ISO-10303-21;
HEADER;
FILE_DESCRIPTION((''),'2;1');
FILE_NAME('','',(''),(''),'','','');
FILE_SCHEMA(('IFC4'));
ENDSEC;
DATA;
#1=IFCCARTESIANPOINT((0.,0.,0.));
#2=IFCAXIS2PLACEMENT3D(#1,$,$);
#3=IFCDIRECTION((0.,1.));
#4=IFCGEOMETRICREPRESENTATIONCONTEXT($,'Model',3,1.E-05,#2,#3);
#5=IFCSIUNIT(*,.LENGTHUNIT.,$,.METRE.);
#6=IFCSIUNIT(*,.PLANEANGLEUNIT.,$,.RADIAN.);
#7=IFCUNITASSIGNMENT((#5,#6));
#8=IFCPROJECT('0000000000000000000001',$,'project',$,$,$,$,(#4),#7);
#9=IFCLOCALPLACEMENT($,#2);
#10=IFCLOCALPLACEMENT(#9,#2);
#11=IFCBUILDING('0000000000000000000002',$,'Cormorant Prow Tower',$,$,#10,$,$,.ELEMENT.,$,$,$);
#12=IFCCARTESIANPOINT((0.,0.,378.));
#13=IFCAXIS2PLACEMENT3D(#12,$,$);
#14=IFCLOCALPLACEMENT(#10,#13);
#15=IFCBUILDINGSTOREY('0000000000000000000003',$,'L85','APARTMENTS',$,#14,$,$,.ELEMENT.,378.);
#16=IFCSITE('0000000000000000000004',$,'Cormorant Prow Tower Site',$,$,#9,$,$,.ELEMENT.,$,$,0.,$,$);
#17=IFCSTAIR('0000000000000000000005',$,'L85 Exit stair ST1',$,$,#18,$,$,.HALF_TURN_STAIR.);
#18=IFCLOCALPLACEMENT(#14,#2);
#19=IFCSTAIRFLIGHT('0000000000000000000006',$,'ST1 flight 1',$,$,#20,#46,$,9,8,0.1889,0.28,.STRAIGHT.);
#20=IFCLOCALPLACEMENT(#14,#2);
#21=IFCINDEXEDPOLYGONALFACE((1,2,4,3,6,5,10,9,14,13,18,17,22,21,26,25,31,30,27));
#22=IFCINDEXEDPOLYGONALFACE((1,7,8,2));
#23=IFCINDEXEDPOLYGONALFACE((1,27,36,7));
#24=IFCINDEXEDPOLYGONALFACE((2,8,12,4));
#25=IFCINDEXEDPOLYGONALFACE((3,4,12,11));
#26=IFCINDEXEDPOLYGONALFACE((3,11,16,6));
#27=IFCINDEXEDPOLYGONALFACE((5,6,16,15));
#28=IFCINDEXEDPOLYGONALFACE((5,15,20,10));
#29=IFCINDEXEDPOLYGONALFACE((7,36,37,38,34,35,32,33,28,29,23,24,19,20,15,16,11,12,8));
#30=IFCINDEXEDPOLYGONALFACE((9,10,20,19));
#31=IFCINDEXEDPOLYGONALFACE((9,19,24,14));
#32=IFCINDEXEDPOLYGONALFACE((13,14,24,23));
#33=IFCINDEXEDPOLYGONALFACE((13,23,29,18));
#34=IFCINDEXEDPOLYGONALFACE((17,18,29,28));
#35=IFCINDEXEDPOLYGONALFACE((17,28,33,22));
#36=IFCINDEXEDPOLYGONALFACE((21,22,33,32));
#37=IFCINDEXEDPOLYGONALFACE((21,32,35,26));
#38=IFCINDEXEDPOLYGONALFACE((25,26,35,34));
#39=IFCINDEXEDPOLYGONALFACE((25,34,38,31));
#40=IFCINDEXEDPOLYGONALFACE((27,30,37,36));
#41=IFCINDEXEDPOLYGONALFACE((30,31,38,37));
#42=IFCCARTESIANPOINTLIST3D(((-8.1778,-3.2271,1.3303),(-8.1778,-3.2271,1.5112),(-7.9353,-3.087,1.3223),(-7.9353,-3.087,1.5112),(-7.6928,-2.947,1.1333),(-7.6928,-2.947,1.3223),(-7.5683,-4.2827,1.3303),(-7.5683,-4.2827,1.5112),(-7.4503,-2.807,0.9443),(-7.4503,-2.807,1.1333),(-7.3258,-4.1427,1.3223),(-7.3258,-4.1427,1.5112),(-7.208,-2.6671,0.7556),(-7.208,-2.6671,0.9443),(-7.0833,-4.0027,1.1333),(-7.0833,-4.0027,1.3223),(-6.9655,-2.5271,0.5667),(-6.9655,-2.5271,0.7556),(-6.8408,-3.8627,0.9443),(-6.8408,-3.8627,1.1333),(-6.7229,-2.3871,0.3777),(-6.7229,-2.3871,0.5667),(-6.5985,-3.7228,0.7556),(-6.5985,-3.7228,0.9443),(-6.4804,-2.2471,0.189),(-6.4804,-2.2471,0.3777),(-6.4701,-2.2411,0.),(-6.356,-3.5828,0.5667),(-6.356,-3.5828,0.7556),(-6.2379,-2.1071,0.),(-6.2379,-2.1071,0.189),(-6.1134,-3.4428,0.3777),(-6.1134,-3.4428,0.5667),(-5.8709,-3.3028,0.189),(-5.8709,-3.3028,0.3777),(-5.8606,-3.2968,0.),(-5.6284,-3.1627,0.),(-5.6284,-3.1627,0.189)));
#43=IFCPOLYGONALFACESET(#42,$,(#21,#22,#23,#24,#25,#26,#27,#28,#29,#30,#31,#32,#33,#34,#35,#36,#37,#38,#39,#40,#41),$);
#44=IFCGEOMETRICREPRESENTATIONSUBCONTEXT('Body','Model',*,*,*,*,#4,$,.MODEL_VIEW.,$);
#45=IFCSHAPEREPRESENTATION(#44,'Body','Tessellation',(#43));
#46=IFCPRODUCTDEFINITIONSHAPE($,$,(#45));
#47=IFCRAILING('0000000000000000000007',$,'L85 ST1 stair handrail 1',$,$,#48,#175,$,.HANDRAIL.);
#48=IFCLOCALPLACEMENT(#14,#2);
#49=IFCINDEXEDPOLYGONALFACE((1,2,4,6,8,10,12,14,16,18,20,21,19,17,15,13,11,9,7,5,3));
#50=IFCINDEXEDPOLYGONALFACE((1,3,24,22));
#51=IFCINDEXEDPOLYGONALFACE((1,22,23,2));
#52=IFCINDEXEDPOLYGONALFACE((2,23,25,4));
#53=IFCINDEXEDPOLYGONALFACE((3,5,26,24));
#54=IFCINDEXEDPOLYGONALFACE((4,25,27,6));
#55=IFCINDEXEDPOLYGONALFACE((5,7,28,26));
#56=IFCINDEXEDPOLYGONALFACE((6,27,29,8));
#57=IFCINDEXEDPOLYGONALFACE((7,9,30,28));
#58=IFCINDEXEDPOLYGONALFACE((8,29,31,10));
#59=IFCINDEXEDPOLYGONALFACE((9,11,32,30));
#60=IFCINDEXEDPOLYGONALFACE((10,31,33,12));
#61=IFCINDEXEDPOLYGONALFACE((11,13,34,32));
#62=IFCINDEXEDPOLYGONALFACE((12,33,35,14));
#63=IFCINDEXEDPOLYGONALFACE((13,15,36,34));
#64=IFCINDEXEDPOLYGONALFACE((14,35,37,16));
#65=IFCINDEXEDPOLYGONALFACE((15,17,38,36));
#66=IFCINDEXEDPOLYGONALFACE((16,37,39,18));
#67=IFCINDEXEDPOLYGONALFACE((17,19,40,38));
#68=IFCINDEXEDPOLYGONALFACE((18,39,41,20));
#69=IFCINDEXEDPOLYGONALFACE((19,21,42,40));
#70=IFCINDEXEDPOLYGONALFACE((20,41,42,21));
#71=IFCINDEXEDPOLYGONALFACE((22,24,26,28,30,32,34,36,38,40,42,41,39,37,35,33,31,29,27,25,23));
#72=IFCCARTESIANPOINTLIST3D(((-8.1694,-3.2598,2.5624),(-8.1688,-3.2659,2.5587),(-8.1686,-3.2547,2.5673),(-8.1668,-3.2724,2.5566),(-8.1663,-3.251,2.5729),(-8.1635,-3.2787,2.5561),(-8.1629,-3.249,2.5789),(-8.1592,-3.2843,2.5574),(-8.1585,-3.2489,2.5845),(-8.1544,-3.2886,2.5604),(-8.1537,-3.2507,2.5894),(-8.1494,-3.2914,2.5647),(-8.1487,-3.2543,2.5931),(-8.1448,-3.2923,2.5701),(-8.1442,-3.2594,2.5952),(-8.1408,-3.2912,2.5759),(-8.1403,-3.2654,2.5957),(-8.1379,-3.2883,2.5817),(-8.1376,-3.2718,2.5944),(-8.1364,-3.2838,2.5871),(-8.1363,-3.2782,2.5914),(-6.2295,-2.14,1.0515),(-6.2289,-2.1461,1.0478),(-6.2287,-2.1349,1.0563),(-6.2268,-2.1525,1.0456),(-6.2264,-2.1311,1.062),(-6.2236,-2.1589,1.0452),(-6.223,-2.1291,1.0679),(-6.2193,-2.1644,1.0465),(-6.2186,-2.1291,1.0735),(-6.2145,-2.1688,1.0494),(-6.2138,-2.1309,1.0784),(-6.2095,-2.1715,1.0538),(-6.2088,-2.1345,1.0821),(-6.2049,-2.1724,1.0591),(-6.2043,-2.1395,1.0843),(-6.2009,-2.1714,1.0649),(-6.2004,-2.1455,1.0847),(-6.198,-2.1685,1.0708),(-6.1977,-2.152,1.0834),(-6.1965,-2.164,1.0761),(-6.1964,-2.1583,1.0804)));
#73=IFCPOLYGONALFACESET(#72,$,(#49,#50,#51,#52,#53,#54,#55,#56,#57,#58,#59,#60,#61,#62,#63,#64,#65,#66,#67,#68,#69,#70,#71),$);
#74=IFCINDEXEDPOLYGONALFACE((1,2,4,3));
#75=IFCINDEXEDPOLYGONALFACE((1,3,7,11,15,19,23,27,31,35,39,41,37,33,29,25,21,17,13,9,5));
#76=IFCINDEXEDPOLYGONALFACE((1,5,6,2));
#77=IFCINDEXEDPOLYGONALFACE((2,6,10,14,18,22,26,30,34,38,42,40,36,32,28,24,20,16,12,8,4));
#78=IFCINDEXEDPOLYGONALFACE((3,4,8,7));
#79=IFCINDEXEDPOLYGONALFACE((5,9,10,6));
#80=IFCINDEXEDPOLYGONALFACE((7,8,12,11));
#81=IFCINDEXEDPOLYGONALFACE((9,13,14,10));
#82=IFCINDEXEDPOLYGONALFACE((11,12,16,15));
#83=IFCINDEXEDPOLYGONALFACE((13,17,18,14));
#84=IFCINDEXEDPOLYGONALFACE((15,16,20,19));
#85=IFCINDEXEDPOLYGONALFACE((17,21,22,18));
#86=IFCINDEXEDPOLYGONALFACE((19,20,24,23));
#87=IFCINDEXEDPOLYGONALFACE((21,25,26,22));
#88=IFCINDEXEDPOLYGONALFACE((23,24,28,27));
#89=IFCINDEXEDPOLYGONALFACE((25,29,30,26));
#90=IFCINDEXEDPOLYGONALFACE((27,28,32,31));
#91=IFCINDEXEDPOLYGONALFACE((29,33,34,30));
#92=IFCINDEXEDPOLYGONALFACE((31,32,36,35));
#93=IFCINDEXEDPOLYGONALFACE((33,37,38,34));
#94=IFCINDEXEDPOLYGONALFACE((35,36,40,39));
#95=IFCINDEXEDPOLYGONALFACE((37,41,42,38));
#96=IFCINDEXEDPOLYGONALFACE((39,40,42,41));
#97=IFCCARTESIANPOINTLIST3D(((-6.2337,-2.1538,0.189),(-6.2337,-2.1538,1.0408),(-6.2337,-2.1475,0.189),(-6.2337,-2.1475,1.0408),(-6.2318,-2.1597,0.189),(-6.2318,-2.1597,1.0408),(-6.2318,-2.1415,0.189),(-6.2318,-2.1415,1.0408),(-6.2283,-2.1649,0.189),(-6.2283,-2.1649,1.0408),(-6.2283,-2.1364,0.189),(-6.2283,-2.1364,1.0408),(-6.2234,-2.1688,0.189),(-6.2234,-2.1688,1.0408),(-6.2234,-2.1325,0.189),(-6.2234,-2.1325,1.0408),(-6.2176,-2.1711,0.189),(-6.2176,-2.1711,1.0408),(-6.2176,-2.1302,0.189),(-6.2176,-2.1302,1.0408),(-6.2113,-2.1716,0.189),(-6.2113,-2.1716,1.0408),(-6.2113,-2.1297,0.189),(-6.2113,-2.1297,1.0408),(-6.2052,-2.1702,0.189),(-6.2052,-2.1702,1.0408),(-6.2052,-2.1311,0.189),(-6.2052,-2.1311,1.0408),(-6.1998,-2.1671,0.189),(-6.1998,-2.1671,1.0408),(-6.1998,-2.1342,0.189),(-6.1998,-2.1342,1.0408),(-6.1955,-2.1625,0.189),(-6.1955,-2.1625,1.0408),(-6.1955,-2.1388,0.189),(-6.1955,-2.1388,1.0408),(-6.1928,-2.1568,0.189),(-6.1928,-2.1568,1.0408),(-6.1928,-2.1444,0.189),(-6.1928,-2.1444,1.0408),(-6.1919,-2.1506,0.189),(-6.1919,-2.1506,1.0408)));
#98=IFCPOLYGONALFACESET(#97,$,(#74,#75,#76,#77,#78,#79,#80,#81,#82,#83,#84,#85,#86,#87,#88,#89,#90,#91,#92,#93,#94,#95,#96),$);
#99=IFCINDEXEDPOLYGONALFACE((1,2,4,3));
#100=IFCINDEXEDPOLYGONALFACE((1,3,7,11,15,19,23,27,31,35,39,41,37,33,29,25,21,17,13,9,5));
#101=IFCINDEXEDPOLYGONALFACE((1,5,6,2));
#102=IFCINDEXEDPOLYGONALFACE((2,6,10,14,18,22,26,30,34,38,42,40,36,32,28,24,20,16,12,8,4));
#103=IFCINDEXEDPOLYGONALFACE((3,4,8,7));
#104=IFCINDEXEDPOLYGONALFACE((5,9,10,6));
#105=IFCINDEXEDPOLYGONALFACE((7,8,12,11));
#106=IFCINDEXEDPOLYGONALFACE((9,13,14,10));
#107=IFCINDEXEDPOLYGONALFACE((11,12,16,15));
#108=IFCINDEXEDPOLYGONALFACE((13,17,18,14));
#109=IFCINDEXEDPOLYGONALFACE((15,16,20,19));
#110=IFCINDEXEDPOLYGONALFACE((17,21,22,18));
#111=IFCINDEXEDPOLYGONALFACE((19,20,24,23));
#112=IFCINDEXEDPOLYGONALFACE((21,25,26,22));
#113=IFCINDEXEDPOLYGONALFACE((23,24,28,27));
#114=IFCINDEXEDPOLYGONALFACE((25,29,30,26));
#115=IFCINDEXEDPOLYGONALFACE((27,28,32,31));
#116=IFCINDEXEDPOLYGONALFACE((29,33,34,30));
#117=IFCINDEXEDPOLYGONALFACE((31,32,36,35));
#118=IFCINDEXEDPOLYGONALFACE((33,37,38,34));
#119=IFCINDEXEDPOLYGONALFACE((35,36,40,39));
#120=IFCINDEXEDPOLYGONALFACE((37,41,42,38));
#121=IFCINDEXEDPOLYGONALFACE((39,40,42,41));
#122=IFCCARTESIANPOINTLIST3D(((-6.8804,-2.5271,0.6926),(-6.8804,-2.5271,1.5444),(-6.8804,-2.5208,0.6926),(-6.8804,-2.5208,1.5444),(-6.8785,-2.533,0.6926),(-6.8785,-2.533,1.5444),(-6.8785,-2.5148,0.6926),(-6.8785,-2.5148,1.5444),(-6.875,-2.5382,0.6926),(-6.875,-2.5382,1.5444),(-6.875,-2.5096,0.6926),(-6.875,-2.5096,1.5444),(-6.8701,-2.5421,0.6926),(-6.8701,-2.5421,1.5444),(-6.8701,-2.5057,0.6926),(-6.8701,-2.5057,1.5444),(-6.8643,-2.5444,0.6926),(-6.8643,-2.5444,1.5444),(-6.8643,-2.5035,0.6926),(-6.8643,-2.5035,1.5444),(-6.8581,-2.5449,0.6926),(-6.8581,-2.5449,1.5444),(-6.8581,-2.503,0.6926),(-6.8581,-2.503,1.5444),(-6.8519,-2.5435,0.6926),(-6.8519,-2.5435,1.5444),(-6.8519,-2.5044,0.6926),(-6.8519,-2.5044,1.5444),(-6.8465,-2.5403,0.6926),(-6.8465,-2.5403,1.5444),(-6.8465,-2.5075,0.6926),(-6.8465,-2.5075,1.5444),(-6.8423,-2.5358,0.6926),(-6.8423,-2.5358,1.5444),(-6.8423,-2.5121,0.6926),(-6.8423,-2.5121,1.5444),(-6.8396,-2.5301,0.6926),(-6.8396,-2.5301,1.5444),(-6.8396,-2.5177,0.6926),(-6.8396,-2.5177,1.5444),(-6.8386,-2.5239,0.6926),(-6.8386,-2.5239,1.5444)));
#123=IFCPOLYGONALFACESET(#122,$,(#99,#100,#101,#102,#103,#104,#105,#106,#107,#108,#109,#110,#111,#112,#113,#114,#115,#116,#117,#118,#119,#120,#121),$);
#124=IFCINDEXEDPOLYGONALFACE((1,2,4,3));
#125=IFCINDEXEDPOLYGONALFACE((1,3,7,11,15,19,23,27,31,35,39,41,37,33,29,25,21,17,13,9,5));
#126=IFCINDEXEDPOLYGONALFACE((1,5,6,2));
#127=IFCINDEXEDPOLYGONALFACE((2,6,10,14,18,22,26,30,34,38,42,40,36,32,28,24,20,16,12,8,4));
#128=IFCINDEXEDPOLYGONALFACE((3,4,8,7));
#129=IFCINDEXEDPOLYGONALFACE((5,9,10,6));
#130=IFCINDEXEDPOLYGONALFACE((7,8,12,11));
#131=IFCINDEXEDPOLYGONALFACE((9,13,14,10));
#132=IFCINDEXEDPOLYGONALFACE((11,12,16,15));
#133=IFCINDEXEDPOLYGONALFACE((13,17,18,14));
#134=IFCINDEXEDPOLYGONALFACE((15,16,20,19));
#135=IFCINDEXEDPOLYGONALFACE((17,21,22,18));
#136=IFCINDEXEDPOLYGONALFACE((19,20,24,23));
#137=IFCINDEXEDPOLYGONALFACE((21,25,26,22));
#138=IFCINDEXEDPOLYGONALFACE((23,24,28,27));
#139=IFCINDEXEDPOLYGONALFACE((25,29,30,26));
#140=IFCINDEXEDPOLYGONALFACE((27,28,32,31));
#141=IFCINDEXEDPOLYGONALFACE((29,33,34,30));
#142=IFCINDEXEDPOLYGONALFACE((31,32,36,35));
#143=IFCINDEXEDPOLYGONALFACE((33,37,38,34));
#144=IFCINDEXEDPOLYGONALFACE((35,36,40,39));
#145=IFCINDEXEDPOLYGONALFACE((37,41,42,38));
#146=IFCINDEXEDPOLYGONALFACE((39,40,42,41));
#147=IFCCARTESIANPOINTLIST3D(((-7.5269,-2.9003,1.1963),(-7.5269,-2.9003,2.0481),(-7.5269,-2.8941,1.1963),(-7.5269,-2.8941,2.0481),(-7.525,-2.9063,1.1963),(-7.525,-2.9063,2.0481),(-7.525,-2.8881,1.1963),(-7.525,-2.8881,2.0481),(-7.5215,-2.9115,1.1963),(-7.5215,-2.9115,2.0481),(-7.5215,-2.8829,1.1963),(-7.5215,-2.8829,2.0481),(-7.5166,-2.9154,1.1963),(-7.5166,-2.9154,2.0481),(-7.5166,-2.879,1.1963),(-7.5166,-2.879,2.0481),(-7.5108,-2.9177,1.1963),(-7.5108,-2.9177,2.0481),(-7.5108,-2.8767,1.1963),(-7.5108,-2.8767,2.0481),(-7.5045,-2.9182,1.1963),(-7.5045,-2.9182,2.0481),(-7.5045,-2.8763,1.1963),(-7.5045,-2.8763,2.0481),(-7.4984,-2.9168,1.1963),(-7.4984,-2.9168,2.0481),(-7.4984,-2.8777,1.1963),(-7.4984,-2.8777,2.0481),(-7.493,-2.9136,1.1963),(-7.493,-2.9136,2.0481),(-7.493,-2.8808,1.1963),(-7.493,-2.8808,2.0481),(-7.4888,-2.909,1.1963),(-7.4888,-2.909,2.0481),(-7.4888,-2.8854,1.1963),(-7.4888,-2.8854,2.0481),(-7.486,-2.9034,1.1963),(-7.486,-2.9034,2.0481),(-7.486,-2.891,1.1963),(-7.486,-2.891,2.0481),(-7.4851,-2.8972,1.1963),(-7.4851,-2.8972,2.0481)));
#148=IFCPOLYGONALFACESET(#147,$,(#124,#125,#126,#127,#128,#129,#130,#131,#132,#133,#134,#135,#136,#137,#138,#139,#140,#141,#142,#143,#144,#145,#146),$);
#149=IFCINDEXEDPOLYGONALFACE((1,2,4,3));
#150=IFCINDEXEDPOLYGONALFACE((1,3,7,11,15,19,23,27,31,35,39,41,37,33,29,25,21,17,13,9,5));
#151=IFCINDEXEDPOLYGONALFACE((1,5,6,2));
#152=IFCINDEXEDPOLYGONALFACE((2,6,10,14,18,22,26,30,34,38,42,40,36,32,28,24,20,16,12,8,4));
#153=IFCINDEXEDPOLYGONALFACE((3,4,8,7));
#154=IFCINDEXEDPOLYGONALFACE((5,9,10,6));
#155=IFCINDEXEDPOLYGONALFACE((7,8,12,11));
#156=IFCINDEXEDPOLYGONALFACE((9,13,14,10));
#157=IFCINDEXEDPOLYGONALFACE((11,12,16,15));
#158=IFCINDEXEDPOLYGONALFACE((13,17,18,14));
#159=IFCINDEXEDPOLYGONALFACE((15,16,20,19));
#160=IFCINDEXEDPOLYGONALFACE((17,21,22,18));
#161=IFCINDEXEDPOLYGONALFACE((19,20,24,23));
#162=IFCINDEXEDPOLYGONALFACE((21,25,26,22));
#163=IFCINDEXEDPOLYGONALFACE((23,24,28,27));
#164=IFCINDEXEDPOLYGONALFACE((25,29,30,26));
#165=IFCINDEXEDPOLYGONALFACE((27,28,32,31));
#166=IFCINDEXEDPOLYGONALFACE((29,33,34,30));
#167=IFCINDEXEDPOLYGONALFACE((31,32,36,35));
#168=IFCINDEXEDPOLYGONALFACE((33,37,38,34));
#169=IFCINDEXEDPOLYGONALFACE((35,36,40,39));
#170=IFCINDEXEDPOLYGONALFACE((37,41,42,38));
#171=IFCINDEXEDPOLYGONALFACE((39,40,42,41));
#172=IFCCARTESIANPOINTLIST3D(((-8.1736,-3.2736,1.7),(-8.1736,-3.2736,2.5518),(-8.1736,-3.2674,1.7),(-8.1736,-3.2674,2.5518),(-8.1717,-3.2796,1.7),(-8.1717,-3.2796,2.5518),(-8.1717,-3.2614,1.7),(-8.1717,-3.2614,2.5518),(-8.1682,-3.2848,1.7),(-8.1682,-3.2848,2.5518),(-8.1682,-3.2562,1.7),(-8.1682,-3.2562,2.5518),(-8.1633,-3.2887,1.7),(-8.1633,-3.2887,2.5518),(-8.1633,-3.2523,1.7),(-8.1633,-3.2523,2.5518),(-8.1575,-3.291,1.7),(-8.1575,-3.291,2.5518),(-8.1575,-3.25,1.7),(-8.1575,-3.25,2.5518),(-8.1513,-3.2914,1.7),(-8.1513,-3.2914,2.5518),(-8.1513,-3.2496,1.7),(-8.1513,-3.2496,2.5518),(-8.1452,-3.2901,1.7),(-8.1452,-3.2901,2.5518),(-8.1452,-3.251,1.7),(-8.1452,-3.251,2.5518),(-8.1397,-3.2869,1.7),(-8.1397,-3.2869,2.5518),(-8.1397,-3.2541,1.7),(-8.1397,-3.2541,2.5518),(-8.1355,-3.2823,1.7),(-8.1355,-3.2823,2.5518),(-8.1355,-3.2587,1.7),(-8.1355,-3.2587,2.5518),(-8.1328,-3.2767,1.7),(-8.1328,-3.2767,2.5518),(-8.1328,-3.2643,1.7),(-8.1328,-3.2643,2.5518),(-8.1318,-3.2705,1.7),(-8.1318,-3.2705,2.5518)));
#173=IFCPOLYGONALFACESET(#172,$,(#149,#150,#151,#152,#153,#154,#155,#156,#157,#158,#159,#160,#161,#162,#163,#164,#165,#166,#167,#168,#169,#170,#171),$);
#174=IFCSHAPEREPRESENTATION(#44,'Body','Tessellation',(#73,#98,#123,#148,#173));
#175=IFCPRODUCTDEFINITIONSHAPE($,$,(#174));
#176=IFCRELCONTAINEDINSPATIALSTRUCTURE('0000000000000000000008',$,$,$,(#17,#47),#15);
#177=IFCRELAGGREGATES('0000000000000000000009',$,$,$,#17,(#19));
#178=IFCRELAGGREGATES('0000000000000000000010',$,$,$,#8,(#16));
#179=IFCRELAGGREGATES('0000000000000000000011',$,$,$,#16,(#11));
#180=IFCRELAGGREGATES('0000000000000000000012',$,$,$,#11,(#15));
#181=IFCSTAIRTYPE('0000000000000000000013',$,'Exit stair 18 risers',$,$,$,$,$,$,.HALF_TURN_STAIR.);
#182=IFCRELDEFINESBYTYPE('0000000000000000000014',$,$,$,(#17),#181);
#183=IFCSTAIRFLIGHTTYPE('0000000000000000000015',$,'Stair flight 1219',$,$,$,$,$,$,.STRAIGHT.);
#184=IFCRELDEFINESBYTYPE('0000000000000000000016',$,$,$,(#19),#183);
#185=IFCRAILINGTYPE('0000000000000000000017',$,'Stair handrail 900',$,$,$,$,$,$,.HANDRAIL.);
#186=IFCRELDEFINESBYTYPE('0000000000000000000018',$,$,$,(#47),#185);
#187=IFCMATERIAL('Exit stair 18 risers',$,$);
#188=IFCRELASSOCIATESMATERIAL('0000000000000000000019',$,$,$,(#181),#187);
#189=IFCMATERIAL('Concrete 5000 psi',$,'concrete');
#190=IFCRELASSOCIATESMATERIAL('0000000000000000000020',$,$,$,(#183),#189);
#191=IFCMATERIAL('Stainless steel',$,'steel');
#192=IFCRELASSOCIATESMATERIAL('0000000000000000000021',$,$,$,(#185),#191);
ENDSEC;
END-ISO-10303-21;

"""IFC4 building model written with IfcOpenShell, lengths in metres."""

from ifc_helpers import new_model, si_unit, direction, frame, origin, origin_2d, place, context, subcontext, project, spatial, polyline, circle, outline, extrude, material, type_object, element, aggregate, save


model = new_model("IFC4")

# Units and contexts
model_context = context("Model", 3, precision=1e-05, world=origin(), true_north=direction((0.0, 1.0)))
body_context = subcontext(model_context, "Body", "Model", "MODEL_VIEW")
ifc_project = project(units=[si_unit("LENGTHUNIT", "METRE"), si_unit("PLANEANGLEUNIT", "RADIAN")], contexts=[model_context])

# Site, building, storey
site_placement = place(None, origin())
site = spatial("IfcSite", under=ifc_project, at=site_placement, Name="Cormorant Prow Tower Site", CompositionType="ELEMENT", RefElevation=0.0)
building_placement = place(site_placement, origin())
building = spatial("IfcBuilding", under=site, at=building_placement, Name="Cormorant Prow Tower", CompositionType="ELEMENT")
storey_placement = place(building_placement, frame((0.0, 0.0, 378.0)))
storey = spatial("IfcBuildingStorey", under=building, at=storey_placement, Name="L85", Description="APARTMENTS", CompositionType="ELEMENT", Elevation=378.0)

# Stair, stair flight
ifc_material_1 = material(Name="Exit stair 18 risers")
stair_type = type_object("IfcStairType", Name="Exit stair 18 risers", PredefinedType="HALF_TURN_STAIR", material=ifc_material_1)
stair_placement = place(storey_placement, origin())
stair = element("IfcStair", 1, at=stair_placement, inside=storey, type_object=stair_type, Name="L85 Exit stair ST1", PredefinedType="HALF_TURN_STAIR")
ifc_material_2 = material(Name="Concrete 5000 psi", Category="concrete")
stair_flight_type = type_object("IfcStairFlightType", Name="Stair flight 1219", PredefinedType="STRAIGHT", material=ifc_material_2)
stair_flight_placement = place(storey_placement, frame((-5.9331, -2.635, 0.0), z_axis=(0.0, 0.0, 1.0), x_axis=(-0.866025, -0.5, 0.0)))
stair_flight = element("IfcStairFlight", 2, at=stair_flight_placement, type_object=stair_flight_type, Name="ST1 flight 1", NumberOfRisers=9, NumberOfTreads=8, PredefinedType="STRAIGHT", RiserHeight=0.1889, TreadLength=0.28, context=body_context, shape_type="SweptSolid", body=[
    extrude(outline(polyline([(0.0, 0.0), (0.0, 0.189), (0.28, 0.189), (0.28, 0.3777), (0.5601, 0.3777), (0.5601, 0.5667), (0.8401, 0.5667), (0.8401, 0.7556), (1.1201, 0.7556), (1.1201, 0.9443), (1.3999, 0.9443), (1.3999, 1.1333), (1.6799, 1.1333), (1.6799, 1.3223), (1.96, 1.3223), (1.96, 1.5112), (2.24, 1.5112), (2.24, 1.7), (2.24, 1.3303), (0.2681, 0.0), (0.0, 0.0)])), frame((0.0, 0.6094, 0.0), z_axis=(0.0, -1.0, 0.0), x_axis=(1.0, 0.0, 0.0)), (0.0, 0.0, 1.0), 1.219),
])
aggregate(stair, [stair_flight])

# Railing
ifc_material_3 = material(Name="Stainless steel", Category="steel")
railing_type_1 = type_object("IfcRailingType", Name="Stair handrail 900", PredefinedType="HANDRAIL", material=ifc_material_3)
railing_1_placement = place(storey_placement, frame((-6.2129, -2.1506, 0.189)))
element("IfcRailing", 3, at=railing_1_placement, inside=storey, type_object=railing_type_1, Name="L85 ST1 stair handrail 1", PredefinedType="HANDRAIL", context=body_context, shape_type="SweptSolid", body=[
    extrude(circle(Radius=0.0239, at=origin_2d()), frame((0.0, 0.0, 0.876), z_axis=(-0.717977, -0.414467, 0.559219), x_axis=(0.499949, -0.866055, 0.0)), (0.0, 0.0, 1.0), 2.7019),
    extrude(circle(Radius=0.021, at=origin_2d()), origin(), (0.0, 0.0, 1.0), 0.8518),
    extrude(circle(Radius=0.021, at=origin_2d()), frame((-0.6467, -0.3733, 0.5037)), (0.0, 0.0, 1.0), 0.8518),
    extrude(circle(Radius=0.021, at=origin_2d()), frame((-1.2932, -0.7466, 1.0073)), (0.0, 0.0, 1.0), 0.8518),
    extrude(circle(Radius=0.021, at=origin_2d()), frame((-1.9399, -1.1199, 1.511)), (0.0, 0.0, 1.0), 0.8518),
])

save(model, "model.ifc")
